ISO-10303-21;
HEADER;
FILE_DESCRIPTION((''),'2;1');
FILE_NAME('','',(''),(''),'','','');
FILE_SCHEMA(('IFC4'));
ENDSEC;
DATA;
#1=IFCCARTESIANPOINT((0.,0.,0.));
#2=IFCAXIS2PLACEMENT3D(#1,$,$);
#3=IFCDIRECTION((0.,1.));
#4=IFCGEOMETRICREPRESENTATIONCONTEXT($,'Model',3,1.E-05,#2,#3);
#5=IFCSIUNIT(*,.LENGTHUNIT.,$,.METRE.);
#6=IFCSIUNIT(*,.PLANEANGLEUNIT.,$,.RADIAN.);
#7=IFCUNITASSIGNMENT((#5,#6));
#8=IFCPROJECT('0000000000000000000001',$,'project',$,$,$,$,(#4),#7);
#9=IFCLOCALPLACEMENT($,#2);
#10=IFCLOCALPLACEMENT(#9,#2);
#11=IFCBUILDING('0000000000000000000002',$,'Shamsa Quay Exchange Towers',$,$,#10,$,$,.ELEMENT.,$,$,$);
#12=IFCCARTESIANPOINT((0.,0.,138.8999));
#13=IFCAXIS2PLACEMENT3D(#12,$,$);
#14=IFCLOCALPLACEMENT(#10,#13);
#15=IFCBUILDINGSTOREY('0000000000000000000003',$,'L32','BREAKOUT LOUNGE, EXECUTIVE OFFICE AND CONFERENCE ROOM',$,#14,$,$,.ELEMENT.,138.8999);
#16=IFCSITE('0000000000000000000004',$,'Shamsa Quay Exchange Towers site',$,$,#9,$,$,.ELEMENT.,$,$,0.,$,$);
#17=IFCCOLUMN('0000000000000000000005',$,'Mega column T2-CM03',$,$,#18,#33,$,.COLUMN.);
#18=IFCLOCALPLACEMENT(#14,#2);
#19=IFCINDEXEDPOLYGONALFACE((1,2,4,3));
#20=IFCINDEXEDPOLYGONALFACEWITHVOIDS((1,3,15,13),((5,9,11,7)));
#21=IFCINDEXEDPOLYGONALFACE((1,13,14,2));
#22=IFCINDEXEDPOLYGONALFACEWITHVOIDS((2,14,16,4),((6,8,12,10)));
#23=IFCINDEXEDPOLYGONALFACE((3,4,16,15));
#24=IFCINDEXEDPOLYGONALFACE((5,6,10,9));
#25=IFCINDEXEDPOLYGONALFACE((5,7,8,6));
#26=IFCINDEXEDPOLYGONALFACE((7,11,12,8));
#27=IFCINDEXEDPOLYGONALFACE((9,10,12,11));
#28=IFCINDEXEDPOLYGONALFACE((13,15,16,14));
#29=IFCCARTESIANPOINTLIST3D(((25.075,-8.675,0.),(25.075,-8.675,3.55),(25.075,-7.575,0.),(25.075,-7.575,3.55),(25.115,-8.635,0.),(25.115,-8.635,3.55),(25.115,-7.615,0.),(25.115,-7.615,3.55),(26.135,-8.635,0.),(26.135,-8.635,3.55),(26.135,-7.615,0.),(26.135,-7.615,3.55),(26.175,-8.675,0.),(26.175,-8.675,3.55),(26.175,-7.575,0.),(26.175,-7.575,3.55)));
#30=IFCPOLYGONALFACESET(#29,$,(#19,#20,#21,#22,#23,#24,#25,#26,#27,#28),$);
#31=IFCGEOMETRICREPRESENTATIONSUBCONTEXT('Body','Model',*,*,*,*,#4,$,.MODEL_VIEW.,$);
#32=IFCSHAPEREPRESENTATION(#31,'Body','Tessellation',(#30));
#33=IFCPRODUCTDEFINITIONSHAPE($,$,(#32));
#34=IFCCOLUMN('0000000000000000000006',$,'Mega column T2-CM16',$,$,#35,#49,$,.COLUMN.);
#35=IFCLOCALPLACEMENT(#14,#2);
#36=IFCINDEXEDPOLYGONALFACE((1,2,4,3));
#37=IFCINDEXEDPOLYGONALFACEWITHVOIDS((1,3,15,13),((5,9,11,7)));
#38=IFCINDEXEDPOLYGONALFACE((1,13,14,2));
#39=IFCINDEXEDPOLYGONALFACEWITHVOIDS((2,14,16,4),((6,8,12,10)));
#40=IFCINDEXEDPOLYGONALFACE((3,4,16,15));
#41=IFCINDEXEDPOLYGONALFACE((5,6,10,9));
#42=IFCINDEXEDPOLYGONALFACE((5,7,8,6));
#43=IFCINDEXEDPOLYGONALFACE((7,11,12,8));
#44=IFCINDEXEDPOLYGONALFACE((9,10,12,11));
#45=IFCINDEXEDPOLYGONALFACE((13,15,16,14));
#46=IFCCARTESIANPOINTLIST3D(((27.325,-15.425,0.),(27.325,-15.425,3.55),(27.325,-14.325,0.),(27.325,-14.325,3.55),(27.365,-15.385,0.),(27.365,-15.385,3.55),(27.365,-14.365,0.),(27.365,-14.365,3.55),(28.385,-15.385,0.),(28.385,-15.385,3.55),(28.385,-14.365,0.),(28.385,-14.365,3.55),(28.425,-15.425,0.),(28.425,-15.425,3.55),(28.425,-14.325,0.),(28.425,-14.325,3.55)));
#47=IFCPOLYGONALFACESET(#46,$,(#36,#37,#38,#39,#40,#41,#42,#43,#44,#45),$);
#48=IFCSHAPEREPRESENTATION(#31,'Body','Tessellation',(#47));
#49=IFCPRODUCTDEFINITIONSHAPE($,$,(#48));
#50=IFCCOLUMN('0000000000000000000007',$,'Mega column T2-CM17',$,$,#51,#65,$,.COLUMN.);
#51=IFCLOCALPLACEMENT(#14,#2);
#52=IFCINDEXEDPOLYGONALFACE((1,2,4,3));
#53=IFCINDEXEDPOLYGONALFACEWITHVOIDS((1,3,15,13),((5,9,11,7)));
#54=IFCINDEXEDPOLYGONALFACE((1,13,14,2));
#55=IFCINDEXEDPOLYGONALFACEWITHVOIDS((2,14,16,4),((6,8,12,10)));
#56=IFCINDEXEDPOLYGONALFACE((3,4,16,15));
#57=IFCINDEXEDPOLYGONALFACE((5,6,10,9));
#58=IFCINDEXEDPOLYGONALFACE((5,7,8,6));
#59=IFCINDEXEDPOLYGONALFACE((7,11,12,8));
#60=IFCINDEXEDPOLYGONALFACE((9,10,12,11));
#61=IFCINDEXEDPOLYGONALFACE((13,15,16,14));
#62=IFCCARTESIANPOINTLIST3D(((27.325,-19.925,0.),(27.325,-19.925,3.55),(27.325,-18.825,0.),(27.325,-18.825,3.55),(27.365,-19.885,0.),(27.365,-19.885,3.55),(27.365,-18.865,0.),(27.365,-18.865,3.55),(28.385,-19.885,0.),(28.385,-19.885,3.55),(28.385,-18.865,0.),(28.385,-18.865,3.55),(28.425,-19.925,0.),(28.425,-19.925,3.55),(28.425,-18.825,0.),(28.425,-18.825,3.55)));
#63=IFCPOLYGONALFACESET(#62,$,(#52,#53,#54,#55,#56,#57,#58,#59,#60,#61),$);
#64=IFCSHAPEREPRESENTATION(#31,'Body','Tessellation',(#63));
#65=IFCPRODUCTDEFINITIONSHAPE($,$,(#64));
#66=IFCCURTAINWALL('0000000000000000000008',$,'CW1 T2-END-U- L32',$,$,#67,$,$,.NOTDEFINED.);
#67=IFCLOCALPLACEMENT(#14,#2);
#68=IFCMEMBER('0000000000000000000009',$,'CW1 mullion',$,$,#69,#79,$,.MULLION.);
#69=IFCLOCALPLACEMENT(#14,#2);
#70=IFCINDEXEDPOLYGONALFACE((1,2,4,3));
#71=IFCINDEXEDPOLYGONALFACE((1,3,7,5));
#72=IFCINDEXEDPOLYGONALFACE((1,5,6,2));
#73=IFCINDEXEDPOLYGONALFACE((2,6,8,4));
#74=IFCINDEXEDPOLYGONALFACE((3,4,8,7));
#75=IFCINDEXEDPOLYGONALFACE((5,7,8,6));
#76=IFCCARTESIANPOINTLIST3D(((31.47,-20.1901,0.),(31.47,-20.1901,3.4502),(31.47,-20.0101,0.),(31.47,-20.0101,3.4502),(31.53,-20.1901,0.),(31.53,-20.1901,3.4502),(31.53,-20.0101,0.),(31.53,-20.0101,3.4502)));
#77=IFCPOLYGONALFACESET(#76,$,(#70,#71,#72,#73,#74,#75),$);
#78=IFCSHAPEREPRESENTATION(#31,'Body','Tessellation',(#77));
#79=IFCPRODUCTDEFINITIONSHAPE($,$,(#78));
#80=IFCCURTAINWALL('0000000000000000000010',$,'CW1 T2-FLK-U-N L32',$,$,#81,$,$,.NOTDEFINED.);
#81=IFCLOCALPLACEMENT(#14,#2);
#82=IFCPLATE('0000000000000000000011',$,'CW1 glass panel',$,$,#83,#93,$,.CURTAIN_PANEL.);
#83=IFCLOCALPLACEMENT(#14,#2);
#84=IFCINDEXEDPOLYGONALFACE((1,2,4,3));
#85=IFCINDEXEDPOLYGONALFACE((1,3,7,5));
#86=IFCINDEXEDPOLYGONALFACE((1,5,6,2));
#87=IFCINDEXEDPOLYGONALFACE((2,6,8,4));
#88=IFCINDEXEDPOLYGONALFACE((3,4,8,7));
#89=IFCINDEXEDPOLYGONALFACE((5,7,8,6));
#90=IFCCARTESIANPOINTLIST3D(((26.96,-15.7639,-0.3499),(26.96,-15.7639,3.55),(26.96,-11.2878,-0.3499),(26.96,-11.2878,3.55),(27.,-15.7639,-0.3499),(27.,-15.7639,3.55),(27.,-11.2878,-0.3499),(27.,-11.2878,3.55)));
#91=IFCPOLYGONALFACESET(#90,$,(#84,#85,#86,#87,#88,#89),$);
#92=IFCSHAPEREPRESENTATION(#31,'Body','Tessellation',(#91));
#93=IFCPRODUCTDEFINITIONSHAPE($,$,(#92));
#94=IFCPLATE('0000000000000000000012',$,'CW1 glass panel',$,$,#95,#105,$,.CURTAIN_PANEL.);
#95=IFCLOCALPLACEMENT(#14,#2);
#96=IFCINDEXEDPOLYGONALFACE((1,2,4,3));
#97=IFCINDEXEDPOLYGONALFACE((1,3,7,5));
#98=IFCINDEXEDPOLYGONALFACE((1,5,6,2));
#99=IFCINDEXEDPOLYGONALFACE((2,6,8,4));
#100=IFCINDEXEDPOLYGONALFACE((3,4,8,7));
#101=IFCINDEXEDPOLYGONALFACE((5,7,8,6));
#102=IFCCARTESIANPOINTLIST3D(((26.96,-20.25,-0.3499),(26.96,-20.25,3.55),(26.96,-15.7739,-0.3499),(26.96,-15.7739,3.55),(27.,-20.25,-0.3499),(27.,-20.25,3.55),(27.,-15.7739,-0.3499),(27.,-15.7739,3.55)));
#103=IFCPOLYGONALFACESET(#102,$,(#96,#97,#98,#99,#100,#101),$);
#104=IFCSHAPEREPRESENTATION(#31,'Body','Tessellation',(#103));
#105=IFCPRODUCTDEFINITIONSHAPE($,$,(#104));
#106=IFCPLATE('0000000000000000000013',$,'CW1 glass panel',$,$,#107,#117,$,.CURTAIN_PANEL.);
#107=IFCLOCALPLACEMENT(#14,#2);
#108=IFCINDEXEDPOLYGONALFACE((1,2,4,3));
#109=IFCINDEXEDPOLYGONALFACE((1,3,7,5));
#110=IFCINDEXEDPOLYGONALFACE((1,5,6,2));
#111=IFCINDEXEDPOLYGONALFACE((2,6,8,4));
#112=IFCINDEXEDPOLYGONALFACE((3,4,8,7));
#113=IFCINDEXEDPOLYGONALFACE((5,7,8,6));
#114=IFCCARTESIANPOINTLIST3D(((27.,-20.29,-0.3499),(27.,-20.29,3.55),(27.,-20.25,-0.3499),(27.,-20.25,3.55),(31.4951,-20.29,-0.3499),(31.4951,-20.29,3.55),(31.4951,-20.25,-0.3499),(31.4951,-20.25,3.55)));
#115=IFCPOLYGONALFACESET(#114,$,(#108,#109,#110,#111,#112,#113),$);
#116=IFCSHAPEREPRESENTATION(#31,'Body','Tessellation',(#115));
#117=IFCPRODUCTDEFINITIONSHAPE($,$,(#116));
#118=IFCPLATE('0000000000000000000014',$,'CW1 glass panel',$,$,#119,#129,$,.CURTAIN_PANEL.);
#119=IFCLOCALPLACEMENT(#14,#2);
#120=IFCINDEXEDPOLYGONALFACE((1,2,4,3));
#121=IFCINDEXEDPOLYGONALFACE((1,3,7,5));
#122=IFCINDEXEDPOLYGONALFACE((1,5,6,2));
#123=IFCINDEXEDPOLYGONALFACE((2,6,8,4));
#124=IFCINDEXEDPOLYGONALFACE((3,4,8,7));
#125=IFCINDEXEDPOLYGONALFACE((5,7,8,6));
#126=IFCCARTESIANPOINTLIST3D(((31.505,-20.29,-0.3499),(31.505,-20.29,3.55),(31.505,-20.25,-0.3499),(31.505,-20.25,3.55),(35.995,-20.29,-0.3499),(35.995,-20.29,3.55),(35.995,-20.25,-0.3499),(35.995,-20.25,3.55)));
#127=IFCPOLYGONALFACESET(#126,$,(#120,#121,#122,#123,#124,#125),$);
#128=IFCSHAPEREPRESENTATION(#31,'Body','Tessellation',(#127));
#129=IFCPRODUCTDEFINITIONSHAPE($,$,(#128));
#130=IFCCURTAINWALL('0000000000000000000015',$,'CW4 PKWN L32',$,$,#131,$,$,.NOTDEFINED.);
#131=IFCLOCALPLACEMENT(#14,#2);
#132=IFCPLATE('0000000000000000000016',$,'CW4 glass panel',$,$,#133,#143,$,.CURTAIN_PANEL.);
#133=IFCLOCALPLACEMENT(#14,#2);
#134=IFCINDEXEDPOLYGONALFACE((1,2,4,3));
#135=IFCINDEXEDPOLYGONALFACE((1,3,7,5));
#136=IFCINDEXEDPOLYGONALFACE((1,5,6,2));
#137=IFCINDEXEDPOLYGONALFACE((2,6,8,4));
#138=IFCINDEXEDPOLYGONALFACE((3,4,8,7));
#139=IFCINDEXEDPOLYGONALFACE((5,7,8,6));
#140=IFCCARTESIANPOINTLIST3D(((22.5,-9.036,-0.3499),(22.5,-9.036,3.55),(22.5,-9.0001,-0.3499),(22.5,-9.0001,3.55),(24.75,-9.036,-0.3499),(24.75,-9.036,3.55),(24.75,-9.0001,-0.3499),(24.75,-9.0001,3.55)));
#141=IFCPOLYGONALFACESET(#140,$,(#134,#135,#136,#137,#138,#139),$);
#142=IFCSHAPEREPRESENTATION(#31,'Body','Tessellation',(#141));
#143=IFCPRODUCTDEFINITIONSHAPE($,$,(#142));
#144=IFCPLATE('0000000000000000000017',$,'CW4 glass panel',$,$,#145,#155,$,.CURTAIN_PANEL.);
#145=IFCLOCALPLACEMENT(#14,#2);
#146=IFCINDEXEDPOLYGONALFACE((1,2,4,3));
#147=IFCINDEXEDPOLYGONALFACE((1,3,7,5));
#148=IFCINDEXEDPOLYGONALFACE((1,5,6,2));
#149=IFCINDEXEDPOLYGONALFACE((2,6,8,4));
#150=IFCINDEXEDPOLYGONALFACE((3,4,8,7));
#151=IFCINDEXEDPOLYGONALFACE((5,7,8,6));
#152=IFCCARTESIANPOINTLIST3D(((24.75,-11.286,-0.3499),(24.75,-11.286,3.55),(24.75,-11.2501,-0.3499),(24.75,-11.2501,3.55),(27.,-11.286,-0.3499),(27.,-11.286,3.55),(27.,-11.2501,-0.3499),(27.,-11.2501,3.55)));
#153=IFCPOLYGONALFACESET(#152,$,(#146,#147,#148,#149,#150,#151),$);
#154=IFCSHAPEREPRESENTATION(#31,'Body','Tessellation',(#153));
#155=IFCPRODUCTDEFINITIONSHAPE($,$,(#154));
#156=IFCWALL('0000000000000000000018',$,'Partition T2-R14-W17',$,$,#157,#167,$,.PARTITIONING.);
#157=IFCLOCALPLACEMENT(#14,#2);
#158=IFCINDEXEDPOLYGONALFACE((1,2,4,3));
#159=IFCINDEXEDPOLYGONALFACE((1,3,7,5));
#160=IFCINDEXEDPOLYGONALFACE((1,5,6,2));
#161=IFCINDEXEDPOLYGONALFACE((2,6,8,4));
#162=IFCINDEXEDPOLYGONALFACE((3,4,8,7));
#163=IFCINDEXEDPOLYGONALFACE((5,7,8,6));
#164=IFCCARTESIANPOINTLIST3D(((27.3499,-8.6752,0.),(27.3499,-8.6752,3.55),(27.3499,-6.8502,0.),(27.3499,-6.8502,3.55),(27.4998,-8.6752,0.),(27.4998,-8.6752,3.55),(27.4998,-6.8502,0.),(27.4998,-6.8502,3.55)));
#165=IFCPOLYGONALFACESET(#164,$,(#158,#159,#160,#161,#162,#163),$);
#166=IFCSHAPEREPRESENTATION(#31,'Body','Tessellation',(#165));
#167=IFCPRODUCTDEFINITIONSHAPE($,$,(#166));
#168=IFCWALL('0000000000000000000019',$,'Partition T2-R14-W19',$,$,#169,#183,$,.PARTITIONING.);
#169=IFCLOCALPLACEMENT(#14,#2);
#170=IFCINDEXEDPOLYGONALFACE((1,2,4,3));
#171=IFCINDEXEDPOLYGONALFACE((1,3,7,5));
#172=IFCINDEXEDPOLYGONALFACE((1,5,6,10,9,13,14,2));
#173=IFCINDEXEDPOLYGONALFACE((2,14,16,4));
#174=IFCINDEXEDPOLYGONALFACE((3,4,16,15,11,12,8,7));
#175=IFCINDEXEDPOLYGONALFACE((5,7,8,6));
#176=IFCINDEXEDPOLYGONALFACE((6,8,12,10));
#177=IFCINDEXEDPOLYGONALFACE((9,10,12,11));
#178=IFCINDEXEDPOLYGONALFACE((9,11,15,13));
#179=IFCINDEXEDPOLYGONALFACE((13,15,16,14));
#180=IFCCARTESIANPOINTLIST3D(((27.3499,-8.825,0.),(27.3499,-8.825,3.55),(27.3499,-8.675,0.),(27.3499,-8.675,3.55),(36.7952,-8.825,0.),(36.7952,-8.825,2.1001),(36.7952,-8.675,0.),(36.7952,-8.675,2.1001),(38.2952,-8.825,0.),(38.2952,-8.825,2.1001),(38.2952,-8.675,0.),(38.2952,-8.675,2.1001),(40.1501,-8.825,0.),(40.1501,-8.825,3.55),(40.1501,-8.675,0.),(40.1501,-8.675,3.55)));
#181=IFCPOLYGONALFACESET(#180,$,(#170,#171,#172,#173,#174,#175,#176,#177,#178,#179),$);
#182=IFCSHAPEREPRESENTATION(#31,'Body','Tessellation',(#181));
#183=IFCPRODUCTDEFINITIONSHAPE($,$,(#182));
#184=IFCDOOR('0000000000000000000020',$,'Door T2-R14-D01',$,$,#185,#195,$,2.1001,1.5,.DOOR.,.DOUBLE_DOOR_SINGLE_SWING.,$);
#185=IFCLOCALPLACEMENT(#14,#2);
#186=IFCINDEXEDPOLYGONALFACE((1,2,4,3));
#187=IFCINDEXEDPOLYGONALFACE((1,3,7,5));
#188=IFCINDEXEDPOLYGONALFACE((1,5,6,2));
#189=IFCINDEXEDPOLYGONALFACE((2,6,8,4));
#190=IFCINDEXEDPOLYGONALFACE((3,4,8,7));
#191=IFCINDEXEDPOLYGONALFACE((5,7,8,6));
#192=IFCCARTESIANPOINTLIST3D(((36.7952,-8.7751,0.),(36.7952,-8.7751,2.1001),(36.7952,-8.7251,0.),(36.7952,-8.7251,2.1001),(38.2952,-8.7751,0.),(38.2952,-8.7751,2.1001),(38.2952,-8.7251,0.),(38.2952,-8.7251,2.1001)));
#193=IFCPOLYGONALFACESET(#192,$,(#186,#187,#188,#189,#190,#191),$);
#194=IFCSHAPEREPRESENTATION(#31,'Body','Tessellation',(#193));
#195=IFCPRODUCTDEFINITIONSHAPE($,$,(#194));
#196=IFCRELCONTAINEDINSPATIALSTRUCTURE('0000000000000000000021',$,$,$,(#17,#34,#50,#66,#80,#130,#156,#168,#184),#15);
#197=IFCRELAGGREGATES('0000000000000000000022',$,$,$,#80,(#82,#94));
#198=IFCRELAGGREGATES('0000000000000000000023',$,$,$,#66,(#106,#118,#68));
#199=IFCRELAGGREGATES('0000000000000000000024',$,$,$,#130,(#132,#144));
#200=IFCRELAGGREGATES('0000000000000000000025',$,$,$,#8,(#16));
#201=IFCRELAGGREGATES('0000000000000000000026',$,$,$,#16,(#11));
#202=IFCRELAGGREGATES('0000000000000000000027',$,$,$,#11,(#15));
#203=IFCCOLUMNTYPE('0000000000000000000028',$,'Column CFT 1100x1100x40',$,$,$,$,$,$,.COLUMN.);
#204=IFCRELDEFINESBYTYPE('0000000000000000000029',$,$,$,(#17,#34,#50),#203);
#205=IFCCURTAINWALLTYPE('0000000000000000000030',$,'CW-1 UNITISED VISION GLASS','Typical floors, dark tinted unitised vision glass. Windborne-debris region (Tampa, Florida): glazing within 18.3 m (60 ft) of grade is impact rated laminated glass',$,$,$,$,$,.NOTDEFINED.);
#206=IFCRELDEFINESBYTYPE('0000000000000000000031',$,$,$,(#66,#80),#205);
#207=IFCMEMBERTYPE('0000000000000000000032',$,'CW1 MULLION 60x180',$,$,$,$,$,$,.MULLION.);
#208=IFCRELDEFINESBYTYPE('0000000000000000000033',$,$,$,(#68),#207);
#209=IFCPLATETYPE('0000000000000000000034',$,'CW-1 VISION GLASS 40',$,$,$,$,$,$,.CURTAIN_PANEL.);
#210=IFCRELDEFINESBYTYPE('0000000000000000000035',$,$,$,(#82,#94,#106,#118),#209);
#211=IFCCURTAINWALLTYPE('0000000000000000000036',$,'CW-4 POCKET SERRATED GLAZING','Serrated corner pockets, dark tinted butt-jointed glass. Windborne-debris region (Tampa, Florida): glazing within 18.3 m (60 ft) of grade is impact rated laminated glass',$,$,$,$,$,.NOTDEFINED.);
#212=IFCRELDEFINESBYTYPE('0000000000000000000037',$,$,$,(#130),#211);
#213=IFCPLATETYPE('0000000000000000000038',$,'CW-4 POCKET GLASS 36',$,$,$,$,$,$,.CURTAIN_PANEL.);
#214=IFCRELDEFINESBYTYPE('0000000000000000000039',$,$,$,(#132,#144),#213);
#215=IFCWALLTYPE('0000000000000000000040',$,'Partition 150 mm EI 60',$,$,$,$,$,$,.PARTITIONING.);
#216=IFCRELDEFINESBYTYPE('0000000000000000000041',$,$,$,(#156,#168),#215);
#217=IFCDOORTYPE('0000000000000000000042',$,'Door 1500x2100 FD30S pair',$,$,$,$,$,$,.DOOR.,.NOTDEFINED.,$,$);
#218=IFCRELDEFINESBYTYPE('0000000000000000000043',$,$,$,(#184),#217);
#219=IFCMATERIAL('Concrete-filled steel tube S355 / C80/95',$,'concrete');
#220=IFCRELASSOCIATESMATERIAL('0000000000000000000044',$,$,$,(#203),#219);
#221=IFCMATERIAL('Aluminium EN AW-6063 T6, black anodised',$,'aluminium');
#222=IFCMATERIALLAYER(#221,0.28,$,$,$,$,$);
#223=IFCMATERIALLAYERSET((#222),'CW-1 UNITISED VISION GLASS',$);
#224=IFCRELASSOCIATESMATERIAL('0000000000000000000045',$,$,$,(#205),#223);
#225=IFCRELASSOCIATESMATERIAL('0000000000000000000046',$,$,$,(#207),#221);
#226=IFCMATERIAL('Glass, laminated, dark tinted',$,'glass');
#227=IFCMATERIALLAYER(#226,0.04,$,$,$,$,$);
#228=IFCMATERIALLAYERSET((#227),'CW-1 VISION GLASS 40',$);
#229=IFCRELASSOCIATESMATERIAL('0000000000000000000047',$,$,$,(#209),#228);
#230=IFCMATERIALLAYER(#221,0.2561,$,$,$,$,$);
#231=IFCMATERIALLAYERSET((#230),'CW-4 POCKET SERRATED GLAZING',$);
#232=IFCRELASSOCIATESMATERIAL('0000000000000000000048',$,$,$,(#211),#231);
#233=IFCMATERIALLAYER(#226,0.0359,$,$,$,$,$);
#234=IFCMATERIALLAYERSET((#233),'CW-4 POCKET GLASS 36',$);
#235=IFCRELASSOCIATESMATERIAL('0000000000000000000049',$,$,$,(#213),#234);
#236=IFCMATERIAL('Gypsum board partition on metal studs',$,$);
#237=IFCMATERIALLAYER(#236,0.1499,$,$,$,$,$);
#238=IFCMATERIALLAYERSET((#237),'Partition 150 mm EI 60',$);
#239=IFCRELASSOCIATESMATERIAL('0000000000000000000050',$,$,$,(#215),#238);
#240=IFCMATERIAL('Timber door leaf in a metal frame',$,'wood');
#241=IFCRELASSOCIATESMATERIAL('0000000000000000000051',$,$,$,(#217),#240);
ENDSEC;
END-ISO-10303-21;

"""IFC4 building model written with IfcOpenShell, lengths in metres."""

from ifc_helpers import new_model, si_unit, direction, frame, frame_2d, origin, origin_2d, place, context, subcontext, project, spatial, rectangle, hollow_rectangle, extrude, material, layer, layer_set, material_profile, profile_set, type_object, element, fill, aggregate, save


model = new_model("IFC4")

# Units and contexts
model_context = context("Model", 3, precision=1e-05, world=origin(), true_north=direction((0.0, 1.0)))
body_context = subcontext(model_context, "Body", "Model", "MODEL_VIEW")
ifc_project = project(units=[si_unit("LENGTHUNIT", "METRE"), si_unit("PLANEANGLEUNIT", "RADIAN")], contexts=[model_context])

# Site, building, storey
site_placement = place(None, origin())
site = spatial("IfcSite", under=ifc_project, at=site_placement, Name="Shamsa Quay Exchange Towers site", CompositionType="ELEMENT", RefElevation=0.0)
building_placement = place(site_placement, origin())
building = spatial("IfcBuilding", under=site, at=building_placement, Name="Shamsa Quay Exchange Towers", CompositionType="ELEMENT")
storey_placement = place(building_placement, frame((0.0, 0.0, 138.8999)))
storey = spatial("IfcBuildingStorey", under=building, at=storey_placement, Name="L32", Description="BREAKOUT LOUNGE, EXECUTIVE OFFICE AND CONFERENCE ROOM", CompositionType="ELEMENT", Elevation=138.8999)

# Columns
ifc_material_1 = material(Name="Concrete-filled steel tube S355 / C80/95", Category="concrete")
ifc_material_profile_1 = material_profile(ifc_material_1, hollow_rectangle(XDim=1.1001, YDim=1.1001, WallThickness=0.04, at=origin_2d()), Name="CFT 1100x1100x40")
ifc_profile_set_1 = profile_set([ifc_material_profile_1], Name="Concrete-filled steel tube S355 / C80/95")
column_type = type_object("IfcColumnType", Name="Column CFT 1100x1100x40", PredefinedType="COLUMN", material=ifc_profile_set_1)
for number, where, name in (
    (1, (25.625, -8.125, 0.0), "Mega column T2-CM03"),
    (2, (27.875, -14.875, 0.0), "Mega column T2-CM16"),
    (3, (27.875, -19.375, 0.0), "Mega column T2-CM17"),
):
    element("IfcColumn", number, at=place(storey_placement, frame(where)), inside=storey, type_object=column_type, Name=name, PredefinedType="COLUMN", context=body_context, shape_type="SweptSolid", body=[
        extrude(hollow_rectangle(XDim=1.1001, YDim=1.1001, WallThickness=0.04, at=origin_2d()), origin(), (0.0, 0.0, 1.0), 3.55),
    ])

# Curtain wall, member
ifc_material_2 = material(Name="Aluminium EN AW-6063 T6, black anodised", Category="aluminium")
ifc_layer_1 = layer(ifc_material_2, 0.28)
ifc_layer_set_1 = layer_set([ifc_layer_1], Name="CW-1 UNITISED VISION GLASS")
curtain_wall_type_1 = type_object("IfcCurtainWallType", Name="CW-1 UNITISED VISION GLASS", Description="Typical floors, dark tinted unitised vision glass. Windborne-debris region (Tampa, Florida): glazing within 18.3 m (60 ft) of grade is impact rated laminated glass", PredefinedType="NOTDEFINED", material=ifc_layer_set_1)
curtain_wall_1_placement = place(storey_placement, origin())
curtain_wall_1 = element("IfcCurtainWall", 4, at=curtain_wall_1_placement, inside=storey, type_object=curtain_wall_type_1, Name="CW1 T2-END-U- L32", PredefinedType="NOTDEFINED")
ifc_material_profile_2 = material_profile(ifc_material_2, rectangle(XDim=0.1799, YDim=0.0601, at=origin_2d()), Name="MU60x180")
ifc_profile_set_2 = profile_set([ifc_material_profile_2], Name="Aluminium EN AW-6063 T6, black anodised")
member_type = type_object("IfcMemberType", Name="CW1 MULLION 60x180", PredefinedType="MULLION", material=ifc_profile_set_2)
member_placement = place(storey_placement, frame((31.5, -20.1001, 0.0), z_axis=(0.0, 0.0, 1.0), x_axis=(0.0, 1.0, 0.0)))
member = element("IfcMember", 5, at=member_placement, type_object=member_type, Name="CW1 mullion", PredefinedType="MULLION", context=body_context, shape_type="SweptSolid", body=[
    extrude(rectangle(XDim=0.1799, YDim=0.0601, at=origin_2d()), origin(), (0.0, 0.0, 1.0), 3.4502),
])

# Curtain wall, plates
curtain_wall_2_placement = place(storey_placement, origin())
curtain_wall_2 = element("IfcCurtainWall", 6, at=curtain_wall_2_placement, inside=storey, type_object=curtain_wall_type_1, Name="CW1 T2-FLK-U-N L32", PredefinedType="NOTDEFINED")
ifc_material_3 = material(Name="Glass, laminated, dark tinted", Category="glass")
ifc_layer_2 = layer(ifc_material_3, 0.04)
ifc_layer_set_2 = layer_set([ifc_layer_2], Name="CW-1 VISION GLASS 40")
plate_type_1 = type_object("IfcPlateType", Name="CW-1 VISION GLASS 40", PredefinedType="CURTAIN_PANEL", material=ifc_layer_set_2)
plate_1_placement = place(storey_placement, frame((26.98, -13.5259, -0.3499), z_axis=(0.0, 0.0, 1.0), x_axis=(0.0, -1.0, 0.0)))
plate_1 = element("IfcPlate", 7, at=plate_1_placement, type_object=plate_type_1, Name="CW1 glass panel", PredefinedType="CURTAIN_PANEL", context=body_context, shape_type="SweptSolid", body=[
    extrude(rectangle(XDim=4.4761, YDim=0.04, at=origin_2d()), origin(), (0.0, 0.0, 1.0), 3.8999),
])
plate_2_placement = place(storey_placement, frame((26.98, -18.012, -0.3499), z_axis=(0.0, 0.0, 1.0), x_axis=(0.0, -1.0, 0.0)))
plate_2 = element("IfcPlate", 8, at=plate_2_placement, type_object=plate_type_1, Name="CW1 glass panel", PredefinedType="CURTAIN_PANEL", context=body_context, shape_type="SweptSolid", body=[
    extrude(rectangle(XDim=4.4761, YDim=0.04, at=origin_2d()), origin(), (0.0, 0.0, 1.0), 3.8999),
])
aggregate(curtain_wall_2, [plate_1, plate_2])

# Plates
plate_3_placement = place(storey_placement, frame((29.2476, -20.27, -0.3499)))
plate_3 = element("IfcPlate", 9, at=plate_3_placement, type_object=plate_type_1, Name="CW1 glass panel", PredefinedType="CURTAIN_PANEL", context=body_context, shape_type="SweptSolid", body=[
    extrude(rectangle(XDim=4.4951, YDim=0.04, at=origin_2d()), origin(), (0.0, 0.0, 1.0), 3.8999),
])
plate_4_placement = place(storey_placement, frame((33.75, -20.27, -0.3499)))
plate_4 = element("IfcPlate", 10, at=plate_4_placement, type_object=plate_type_1, Name="CW1 glass panel", PredefinedType="CURTAIN_PANEL", context=body_context, shape_type="SweptSolid", body=[
    extrude(rectangle(XDim=4.49, YDim=0.04, at=origin_2d()), origin(), (0.0, 0.0, 1.0), 3.8999),
])
aggregate(curtain_wall_1, [plate_3, plate_4, member])

# Curtain wall, plates
ifc_layer_3 = layer(ifc_material_2, 0.2561)
ifc_layer_set_3 = layer_set([ifc_layer_3], Name="CW-4 POCKET SERRATED GLAZING")
curtain_wall_type_2 = type_object("IfcCurtainWallType", Name="CW-4 POCKET SERRATED GLAZING", Description="Serrated corner pockets, dark tinted butt-jointed glass. Windborne-debris region (Tampa, Florida): glazing within 18.3 m (60 ft) of grade is impact rated laminated glass", PredefinedType="NOTDEFINED", material=ifc_layer_set_3)
curtain_wall_3_placement = place(storey_placement, origin())
curtain_wall_3 = element("IfcCurtainWall", 11, at=curtain_wall_3_placement, inside=storey, type_object=curtain_wall_type_2, Name="CW4 PKWN L32", PredefinedType="NOTDEFINED")
ifc_layer_4 = layer(ifc_material_3, 0.0359)
ifc_layer_set_4 = layer_set([ifc_layer_4], Name="CW-4 POCKET GLASS 36")
plate_type_2 = type_object("IfcPlateType", Name="CW-4 POCKET GLASS 36", PredefinedType="CURTAIN_PANEL", material=ifc_layer_set_4)
plate_5_placement = place(storey_placement, frame((23.625, -9.0181, -0.3499)))
plate_5 = element("IfcPlate", 12, at=plate_5_placement, type_object=plate_type_2, Name="CW4 glass panel", PredefinedType="CURTAIN_PANEL", context=body_context, shape_type="SweptSolid", body=[
    extrude(rectangle(XDim=2.25, YDim=0.0359, at=origin_2d()), origin(), (0.0, 0.0, 1.0), 3.8999),
])
plate_6_placement = place(storey_placement, frame((25.875, -11.2681, -0.3499)))
plate_6 = element("IfcPlate", 13, at=plate_6_placement, type_object=plate_type_2, Name="CW4 glass panel", PredefinedType="CURTAIN_PANEL", context=body_context, shape_type="SweptSolid", body=[
    extrude(rectangle(XDim=2.25, YDim=0.0359, at=origin_2d()), origin(), (0.0, 0.0, 1.0), 3.8999),
])
aggregate(curtain_wall_3, [plate_5, plate_6])

# Wall
ifc_material_4 = material(Name="Gypsum board partition on metal studs")
ifc_layer_5 = layer(ifc_material_4, 0.1499)
ifc_layer_set_5 = layer_set([ifc_layer_5], Name="Partition 150 mm EI 60")
wall_type_1 = type_object("IfcWallType", Name="Partition 150 mm EI 60", PredefinedType="PARTITIONING", material=ifc_layer_set_5)
wall_1_placement = place(storey_placement, frame((27.4248, -6.8501, 0.0), z_axis=(0.0, 0.0, 1.0), x_axis=(0.0, -1.0, 0.0)))
element("IfcWall", 14, at=wall_1_placement, inside=storey, type_object=wall_type_1, Name="Partition T2-R14-W17", PredefinedType="PARTITIONING", context=body_context, shape_type="SweptSolid", body=[
    extrude(rectangle(XDim=1.825, YDim=0.1499, at=frame_2d((0.9126, 0.0))), origin(), (0.0, 0.0, 1.0), 3.55),
])

# Wall, opening, door
wall_2_placement = place(storey_placement, frame((27.3499, -8.75, 0.0)))
wall_2 = element("IfcWall", 15, at=wall_2_placement, inside=storey, type_object=wall_type_1, Name="Partition T2-R14-W19", PredefinedType="PARTITIONING", context=body_context, shape_type="SweptSolid", body=[
    extrude(rectangle(XDim=12.8003, YDim=0.1499, at=frame_2d((6.4001, 0.0))), origin(), (0.0, 0.0, 1.0), 3.55),
])
opening_1_placement = place(wall_2_placement, frame((9.4453, 0.0, 0.0)))
opening_1 = element("IfcOpeningElement", 16, at=opening_1_placement, cuts=wall_2, PredefinedType="OPENING", context=body_context, shape_type="SweptSolid", body=[
    extrude(rectangle(XDim=1.5, YDim=2.1001, at=frame_2d((0.75, 1.05))), frame((0.0, 0.085, 0.0), z_axis=(0.0, -1.0, 0.0), x_axis=(1.0, 0.0, 0.0)), (0.0, 0.0, 1.0), 0.1699),
])
ifc_material_5 = material(Name="Timber door leaf in a metal frame", Category="wood")
door_type_1 = type_object("IfcDoorType", Name="Door 1500x2100 FD30S pair", OperationType="NOTDEFINED", PredefinedType="DOOR", material=ifc_material_5)
door_1_placement = place(opening_1_placement, origin())
door_1 = element("IfcDoor", 17, at=door_1_placement, inside=storey, type_object=door_type_1, Name="Door T2-R14-D01", OperationType="DOUBLE_DOOR_SINGLE_SWING", OverallHeight=2.1001, OverallWidth=1.5, PredefinedType="DOOR", context=body_context, shape_type="SweptSolid", body=[
    extrude(rectangle(XDim=1.5, YDim=2.1001, at=frame_2d((0.75, 1.05))), frame((0.0, 0.0249, 0.0), z_axis=(0.0, -1.0, 0.0), x_axis=(1.0, 0.0, 0.0)), (0.0, 0.0, 1.0), 0.05),
])
fill(opening_1, door_1)

save(model, "model.ifc")
